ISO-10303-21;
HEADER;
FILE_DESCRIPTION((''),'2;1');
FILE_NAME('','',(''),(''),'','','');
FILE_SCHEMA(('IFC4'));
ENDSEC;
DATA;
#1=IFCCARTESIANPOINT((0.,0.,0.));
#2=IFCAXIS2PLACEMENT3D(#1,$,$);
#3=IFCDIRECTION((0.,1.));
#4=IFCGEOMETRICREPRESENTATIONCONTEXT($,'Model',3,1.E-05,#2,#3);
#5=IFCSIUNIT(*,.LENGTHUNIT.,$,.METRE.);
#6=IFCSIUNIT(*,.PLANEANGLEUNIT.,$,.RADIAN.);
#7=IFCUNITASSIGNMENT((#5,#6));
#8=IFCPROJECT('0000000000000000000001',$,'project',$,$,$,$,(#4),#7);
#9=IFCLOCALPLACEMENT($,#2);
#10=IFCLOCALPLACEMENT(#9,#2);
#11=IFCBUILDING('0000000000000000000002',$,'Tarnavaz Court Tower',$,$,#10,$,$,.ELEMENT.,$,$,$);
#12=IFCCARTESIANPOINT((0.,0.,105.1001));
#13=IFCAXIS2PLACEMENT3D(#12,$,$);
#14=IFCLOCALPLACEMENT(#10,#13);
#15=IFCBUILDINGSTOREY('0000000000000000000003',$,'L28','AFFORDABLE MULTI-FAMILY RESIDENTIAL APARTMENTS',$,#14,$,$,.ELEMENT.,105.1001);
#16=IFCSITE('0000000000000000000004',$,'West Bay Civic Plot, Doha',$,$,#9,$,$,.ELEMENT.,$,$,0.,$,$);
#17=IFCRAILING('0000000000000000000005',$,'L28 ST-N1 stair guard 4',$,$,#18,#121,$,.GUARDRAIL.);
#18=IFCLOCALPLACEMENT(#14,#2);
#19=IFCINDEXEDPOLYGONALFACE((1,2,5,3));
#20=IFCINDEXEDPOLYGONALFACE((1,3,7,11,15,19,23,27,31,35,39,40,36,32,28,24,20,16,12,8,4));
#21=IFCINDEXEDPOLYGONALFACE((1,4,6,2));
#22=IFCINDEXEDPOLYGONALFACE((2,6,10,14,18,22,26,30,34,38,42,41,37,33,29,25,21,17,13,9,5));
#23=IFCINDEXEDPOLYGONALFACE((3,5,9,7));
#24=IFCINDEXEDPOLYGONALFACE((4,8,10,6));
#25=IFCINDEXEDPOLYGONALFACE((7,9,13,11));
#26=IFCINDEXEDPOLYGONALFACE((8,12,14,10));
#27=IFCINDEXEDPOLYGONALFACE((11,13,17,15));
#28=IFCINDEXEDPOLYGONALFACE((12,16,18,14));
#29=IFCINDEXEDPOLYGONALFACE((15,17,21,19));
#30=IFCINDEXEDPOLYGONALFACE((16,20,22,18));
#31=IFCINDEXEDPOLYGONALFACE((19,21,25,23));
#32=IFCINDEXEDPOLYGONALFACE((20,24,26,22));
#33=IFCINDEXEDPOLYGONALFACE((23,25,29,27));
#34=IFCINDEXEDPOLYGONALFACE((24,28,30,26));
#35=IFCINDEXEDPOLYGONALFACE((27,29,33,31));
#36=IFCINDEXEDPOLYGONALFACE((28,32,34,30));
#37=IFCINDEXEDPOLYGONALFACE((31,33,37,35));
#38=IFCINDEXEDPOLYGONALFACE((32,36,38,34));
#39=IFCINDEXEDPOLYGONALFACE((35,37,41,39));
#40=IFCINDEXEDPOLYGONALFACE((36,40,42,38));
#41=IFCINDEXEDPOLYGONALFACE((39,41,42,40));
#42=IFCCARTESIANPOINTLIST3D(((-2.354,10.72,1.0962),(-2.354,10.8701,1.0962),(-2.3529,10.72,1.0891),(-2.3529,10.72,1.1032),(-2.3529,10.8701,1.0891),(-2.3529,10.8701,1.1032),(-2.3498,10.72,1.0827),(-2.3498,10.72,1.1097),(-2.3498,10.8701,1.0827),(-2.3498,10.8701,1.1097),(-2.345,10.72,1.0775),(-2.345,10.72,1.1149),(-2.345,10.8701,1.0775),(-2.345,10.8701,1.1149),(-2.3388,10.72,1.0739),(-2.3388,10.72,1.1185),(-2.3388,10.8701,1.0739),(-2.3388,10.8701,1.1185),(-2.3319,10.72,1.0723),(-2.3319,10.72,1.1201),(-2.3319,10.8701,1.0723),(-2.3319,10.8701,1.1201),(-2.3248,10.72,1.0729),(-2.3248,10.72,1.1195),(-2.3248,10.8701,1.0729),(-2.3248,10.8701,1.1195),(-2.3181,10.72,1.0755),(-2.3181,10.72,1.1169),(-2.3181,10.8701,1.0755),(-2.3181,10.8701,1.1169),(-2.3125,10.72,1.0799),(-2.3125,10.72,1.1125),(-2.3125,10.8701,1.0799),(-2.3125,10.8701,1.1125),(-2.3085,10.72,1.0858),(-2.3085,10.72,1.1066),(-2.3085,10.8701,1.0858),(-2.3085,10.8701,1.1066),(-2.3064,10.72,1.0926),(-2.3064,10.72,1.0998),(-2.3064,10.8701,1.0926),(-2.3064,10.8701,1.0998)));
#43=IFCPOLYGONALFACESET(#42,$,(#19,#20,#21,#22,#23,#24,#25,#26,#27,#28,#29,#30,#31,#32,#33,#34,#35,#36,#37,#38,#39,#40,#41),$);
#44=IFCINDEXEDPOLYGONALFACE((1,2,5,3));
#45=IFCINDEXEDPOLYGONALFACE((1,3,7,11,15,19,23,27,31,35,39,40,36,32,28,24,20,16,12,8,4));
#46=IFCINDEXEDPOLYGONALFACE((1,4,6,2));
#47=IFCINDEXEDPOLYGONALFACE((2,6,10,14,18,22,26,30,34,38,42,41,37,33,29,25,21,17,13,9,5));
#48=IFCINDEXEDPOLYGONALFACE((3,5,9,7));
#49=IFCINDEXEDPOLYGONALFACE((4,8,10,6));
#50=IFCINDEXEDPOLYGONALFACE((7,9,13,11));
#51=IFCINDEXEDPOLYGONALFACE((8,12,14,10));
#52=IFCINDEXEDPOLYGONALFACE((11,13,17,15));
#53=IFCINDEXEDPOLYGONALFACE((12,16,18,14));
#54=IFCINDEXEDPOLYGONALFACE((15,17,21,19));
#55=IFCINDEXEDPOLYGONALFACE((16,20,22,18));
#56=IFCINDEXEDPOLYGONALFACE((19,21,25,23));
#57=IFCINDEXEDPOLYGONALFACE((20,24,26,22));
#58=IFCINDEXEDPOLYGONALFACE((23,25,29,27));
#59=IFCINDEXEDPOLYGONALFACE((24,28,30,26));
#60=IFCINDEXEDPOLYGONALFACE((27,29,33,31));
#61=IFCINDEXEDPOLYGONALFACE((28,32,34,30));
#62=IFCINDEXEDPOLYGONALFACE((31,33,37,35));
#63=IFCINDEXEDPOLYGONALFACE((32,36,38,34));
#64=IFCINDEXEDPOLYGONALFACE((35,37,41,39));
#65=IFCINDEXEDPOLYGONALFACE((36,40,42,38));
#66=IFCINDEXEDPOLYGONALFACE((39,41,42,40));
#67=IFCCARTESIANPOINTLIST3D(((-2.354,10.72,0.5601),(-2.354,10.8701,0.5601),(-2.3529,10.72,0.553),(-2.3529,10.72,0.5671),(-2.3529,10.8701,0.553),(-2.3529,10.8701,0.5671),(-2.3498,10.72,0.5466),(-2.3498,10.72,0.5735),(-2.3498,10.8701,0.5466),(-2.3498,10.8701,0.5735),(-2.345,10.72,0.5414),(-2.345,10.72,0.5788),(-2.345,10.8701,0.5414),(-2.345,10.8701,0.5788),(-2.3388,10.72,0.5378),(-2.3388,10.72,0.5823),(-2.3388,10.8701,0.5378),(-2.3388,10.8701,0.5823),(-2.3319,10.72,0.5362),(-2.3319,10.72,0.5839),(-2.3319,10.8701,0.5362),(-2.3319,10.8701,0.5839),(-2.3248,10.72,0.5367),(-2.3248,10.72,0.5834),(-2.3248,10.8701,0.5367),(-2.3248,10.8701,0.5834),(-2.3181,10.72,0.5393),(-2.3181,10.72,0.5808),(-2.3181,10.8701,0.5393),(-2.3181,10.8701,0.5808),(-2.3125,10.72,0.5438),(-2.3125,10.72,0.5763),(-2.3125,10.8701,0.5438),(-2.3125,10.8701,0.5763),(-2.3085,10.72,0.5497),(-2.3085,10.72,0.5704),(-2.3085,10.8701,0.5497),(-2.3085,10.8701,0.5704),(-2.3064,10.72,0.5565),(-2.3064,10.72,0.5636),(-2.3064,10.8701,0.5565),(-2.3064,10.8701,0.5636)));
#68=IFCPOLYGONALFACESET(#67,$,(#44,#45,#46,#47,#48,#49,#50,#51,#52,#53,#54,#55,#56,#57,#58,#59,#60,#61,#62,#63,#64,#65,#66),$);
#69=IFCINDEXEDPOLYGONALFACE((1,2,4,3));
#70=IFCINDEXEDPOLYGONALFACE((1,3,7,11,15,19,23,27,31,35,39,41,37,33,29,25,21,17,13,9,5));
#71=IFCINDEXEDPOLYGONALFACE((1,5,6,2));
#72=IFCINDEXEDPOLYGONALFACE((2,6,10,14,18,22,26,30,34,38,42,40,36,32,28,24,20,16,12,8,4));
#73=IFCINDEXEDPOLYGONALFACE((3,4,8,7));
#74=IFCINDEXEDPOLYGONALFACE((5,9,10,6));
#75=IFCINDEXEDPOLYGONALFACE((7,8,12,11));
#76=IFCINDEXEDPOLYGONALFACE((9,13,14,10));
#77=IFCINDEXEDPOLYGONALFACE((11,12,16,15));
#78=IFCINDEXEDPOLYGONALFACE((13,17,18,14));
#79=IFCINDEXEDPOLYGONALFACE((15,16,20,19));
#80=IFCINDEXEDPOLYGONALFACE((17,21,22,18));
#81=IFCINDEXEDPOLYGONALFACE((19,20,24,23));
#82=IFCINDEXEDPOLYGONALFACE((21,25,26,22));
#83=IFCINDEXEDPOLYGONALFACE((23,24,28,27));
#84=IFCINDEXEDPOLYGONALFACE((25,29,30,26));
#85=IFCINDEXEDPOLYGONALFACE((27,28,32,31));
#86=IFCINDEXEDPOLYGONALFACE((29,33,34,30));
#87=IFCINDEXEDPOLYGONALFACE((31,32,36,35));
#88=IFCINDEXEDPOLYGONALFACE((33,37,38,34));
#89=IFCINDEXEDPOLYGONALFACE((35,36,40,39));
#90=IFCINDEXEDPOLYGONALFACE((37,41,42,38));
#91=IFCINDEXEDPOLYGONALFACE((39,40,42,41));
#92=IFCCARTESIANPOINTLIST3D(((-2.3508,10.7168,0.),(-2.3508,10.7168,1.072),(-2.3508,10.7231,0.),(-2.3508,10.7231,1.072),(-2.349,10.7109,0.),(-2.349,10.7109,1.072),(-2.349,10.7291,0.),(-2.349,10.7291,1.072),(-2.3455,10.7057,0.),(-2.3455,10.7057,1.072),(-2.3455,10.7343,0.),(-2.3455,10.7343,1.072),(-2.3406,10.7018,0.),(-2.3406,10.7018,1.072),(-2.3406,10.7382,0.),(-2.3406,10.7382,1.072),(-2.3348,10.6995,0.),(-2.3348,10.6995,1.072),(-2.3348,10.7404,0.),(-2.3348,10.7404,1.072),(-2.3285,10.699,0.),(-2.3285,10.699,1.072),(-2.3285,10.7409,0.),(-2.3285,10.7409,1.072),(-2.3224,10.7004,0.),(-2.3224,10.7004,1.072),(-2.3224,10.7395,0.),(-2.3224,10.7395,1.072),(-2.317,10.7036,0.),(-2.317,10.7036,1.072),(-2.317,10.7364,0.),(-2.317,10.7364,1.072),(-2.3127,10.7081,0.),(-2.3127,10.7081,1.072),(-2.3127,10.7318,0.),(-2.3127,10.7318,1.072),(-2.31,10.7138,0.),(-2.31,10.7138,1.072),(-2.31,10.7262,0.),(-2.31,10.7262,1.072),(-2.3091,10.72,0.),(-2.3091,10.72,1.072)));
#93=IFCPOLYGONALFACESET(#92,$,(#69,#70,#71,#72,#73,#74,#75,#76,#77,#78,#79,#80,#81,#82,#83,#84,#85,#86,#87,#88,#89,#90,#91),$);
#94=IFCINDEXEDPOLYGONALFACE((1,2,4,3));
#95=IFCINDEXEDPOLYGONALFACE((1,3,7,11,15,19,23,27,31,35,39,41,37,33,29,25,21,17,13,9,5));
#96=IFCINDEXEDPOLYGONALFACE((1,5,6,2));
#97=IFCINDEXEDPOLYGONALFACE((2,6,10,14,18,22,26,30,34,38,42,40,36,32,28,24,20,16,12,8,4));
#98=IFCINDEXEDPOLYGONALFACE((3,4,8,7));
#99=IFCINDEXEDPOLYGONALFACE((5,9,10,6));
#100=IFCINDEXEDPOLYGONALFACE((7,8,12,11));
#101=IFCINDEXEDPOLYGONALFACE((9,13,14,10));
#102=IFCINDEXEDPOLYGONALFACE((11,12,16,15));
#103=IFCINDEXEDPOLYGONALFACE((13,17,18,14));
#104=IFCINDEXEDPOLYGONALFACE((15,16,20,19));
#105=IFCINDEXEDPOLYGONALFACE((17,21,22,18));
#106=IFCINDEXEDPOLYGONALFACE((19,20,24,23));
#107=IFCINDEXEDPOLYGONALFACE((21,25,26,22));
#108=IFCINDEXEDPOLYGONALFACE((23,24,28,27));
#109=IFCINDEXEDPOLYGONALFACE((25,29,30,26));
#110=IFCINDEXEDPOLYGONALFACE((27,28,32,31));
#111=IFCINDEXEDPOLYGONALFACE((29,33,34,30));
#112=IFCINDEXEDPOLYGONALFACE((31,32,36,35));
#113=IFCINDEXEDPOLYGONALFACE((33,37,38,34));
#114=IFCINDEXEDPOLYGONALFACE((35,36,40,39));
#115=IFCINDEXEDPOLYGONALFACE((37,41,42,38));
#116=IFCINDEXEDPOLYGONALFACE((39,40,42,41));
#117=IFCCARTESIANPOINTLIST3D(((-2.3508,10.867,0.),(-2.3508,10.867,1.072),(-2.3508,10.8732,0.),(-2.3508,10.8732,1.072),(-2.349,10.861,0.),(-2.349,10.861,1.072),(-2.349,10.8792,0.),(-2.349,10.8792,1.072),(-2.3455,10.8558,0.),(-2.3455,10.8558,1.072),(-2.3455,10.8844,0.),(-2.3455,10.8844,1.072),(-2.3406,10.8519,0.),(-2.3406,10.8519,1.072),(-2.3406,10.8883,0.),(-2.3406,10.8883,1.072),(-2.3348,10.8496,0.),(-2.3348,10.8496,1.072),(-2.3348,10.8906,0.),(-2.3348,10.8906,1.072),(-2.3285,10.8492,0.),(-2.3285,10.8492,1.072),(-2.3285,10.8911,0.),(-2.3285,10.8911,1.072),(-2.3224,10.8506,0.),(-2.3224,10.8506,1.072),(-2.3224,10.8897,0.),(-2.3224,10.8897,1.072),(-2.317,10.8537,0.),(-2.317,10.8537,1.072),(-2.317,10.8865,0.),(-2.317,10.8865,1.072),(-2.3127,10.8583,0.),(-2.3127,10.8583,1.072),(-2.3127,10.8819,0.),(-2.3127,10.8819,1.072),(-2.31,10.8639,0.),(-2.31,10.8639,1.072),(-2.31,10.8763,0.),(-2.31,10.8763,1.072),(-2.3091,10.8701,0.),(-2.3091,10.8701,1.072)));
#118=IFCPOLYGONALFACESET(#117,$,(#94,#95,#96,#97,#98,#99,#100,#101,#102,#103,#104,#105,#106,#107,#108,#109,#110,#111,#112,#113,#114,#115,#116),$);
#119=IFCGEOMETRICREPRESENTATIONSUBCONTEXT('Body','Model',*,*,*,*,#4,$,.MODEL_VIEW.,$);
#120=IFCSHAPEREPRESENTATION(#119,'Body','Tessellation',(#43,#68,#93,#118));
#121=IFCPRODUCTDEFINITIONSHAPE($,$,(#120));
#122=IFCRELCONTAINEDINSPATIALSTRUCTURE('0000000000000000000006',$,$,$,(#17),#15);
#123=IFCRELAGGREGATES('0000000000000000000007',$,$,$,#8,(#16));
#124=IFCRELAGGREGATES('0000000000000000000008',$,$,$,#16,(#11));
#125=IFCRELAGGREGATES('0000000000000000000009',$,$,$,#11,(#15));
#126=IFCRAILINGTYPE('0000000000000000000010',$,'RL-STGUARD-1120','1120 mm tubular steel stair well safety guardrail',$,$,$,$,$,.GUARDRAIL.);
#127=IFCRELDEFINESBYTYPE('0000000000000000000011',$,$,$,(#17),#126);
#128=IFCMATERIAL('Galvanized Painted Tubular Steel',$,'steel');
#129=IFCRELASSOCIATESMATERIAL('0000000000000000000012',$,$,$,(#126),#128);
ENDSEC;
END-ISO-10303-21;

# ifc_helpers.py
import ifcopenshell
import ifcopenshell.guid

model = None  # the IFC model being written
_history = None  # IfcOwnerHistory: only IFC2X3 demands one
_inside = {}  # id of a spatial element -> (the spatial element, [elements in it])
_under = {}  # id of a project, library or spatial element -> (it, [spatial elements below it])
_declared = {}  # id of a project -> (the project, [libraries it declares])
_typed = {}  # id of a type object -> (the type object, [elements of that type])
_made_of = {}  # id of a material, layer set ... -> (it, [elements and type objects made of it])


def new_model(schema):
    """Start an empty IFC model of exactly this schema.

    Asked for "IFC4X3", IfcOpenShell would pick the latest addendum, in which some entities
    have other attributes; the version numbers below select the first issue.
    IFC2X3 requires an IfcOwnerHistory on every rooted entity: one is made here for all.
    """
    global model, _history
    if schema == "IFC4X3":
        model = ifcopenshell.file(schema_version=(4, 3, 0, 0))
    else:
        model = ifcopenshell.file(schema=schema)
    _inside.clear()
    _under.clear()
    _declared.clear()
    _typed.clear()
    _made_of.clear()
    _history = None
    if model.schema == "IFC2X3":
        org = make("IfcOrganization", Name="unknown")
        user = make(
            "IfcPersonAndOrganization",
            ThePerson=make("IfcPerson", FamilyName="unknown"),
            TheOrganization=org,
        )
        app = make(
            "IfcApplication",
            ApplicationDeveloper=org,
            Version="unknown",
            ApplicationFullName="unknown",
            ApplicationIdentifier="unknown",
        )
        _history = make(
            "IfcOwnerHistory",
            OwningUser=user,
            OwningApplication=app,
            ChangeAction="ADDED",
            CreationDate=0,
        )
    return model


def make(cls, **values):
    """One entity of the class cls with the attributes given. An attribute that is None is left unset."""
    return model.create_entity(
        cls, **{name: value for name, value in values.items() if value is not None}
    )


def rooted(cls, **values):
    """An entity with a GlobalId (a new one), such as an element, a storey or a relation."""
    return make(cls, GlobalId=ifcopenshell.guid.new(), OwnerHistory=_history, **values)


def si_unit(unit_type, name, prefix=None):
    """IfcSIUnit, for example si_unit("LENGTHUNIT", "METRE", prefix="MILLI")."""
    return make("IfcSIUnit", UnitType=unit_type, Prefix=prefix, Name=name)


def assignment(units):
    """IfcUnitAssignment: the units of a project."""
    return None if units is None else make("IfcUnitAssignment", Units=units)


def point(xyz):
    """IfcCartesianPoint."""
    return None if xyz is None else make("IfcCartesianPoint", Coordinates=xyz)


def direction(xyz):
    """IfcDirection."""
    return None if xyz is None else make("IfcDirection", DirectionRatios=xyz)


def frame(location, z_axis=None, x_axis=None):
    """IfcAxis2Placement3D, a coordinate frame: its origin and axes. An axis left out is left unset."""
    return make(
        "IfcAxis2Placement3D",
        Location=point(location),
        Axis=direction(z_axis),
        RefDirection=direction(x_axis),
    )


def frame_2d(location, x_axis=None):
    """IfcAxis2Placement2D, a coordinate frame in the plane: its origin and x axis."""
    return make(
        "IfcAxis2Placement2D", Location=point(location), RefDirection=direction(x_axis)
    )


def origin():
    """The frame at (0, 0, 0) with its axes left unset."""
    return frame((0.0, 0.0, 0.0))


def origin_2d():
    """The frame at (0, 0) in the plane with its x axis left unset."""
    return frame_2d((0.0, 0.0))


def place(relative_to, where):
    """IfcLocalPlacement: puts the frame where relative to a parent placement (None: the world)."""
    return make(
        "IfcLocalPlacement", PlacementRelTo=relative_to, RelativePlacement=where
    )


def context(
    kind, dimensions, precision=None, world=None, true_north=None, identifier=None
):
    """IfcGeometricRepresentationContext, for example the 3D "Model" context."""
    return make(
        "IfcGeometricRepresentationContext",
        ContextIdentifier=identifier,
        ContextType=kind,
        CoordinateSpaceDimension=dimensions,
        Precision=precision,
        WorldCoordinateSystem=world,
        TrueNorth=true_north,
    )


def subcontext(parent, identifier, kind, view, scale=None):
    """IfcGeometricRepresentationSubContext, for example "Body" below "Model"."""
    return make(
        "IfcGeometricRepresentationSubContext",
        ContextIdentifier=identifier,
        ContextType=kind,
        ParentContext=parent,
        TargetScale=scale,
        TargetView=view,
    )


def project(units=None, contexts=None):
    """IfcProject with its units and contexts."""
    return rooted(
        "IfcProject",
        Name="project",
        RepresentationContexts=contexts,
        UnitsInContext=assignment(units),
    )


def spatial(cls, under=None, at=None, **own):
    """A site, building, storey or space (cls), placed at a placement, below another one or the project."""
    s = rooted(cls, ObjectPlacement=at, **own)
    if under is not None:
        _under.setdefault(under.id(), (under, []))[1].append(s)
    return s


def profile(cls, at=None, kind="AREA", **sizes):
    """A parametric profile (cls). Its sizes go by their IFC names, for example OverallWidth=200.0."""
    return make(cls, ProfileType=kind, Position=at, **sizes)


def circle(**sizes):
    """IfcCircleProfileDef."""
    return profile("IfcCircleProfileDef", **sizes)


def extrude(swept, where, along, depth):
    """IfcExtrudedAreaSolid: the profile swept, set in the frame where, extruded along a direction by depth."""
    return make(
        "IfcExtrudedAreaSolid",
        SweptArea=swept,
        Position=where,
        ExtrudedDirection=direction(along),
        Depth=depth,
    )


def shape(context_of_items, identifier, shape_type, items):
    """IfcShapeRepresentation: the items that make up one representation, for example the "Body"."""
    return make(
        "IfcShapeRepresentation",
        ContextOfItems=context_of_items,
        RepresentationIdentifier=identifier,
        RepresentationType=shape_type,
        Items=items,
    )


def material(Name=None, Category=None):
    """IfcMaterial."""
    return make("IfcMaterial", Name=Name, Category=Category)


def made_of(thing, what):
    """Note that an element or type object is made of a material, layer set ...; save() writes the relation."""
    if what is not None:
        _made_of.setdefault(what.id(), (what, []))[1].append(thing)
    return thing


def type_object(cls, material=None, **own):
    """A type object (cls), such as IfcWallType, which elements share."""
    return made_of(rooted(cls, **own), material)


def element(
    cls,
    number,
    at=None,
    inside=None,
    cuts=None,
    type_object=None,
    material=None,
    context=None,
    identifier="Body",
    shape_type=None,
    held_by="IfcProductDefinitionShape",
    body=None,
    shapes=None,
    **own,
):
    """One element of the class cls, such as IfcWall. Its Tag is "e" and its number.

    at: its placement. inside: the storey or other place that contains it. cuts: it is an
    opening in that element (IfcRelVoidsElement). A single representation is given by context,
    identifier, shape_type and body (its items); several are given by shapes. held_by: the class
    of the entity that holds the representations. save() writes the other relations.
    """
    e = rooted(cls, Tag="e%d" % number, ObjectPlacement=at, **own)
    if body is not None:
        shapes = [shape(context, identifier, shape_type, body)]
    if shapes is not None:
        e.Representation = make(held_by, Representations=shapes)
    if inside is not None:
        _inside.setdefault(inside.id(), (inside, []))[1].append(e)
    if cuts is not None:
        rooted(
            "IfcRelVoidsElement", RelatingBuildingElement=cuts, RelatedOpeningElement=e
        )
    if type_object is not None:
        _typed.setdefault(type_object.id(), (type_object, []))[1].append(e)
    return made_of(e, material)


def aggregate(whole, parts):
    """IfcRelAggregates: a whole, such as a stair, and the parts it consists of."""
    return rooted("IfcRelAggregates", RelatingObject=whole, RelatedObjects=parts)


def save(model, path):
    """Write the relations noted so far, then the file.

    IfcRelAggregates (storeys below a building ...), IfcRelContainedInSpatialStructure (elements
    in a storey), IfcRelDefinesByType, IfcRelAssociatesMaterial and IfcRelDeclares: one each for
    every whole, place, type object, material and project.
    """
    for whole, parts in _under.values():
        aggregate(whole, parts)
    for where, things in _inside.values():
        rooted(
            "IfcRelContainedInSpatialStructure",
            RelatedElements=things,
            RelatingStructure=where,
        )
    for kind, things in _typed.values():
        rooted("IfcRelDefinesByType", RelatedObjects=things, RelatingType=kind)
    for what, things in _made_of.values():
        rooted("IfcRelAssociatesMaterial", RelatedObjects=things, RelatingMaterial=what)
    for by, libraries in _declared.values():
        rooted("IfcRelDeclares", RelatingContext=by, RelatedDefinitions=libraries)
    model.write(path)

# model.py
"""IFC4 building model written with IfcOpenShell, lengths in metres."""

from ifc_helpers import new_model, si_unit, direction, frame, origin, origin_2d, place, context, subcontext, project, spatial, circle, extrude, material, type_object, element, save


model = new_model("IFC4")

# Units and contexts
model_context = context("Model", 3, precision=1e-05, world=origin(), true_north=direction((0.0, 1.0)))
body_context = subcontext(model_context, "Body", "Model", "MODEL_VIEW")
ifc_project = project(units=[si_unit("LENGTHUNIT", "METRE"), si_unit("PLANEANGLEUNIT", "RADIAN")], contexts=[model_context])

# Site, building, storey
site_placement = place(None, origin())
site = spatial("IfcSite", under=ifc_project, at=site_placement, Name="West Bay Civic Plot, Doha", CompositionType="ELEMENT", RefElevation=0.0)
building_placement = place(site_placement, origin())
building = spatial("IfcBuilding", under=site, at=building_placement, Name="Tarnavaz Court Tower", CompositionType="ELEMENT")
storey_placement = place(building_placement, frame((0.0, 0.0, 105.1001)))
storey = spatial("IfcBuildingStorey", under=building, at=storey_placement, Name="L28", Description="AFFORDABLE MULTI-FAMILY RESIDENTIAL APARTMENTS", CompositionType="ELEMENT", Elevation=105.1001)

# Railing
ifc_material_1 = material(Name="Galvanized Painted Tubular Steel", Category="steel")
railing_type_1 = type_object("IfcRailingType", Name="RL-STGUARD-1120", Description="1120 mm tubular steel stair well safety guardrail", PredefinedType="GUARDRAIL", material=ifc_material_1)
railing_1_placement = place(storey_placement, frame((-2.3301, 10.72, 0.0)))
element("IfcRailing", 1, at=railing_1_placement, inside=storey, type_object=railing_type_1, Name="L28 ST-N1 stair guard 4", PredefinedType="GUARDRAIL", context=body_context, shape_type="SweptSolid", body=[
    extrude(circle(Radius=0.0239, at=origin_2d()), frame((0.0, 0.0, 1.0962), z_axis=(0.0, 1.0, 0.0), x_axis=(-1.0, 0.0, 0.0)), (0.0, 0.0, 1.0), 0.1501),
    extrude(circle(Radius=0.0239, at=origin_2d()), frame((0.0, 0.0, 0.5601), z_axis=(0.0, 1.0, 0.0), x_axis=(-1.0, 0.0, 0.0)), (0.0, 0.0, 1.0), 0.1501),
    extrude(circle(Radius=0.021, at=origin_2d()), origin(), (0.0, 0.0, 1.0), 1.072),
    extrude(circle(Radius=0.021, at=origin_2d()), frame((0.0, 0.1501, 0.0)), (0.0, 0.0, 1.0), 1.072),
])

save(model, "model.ifc")
